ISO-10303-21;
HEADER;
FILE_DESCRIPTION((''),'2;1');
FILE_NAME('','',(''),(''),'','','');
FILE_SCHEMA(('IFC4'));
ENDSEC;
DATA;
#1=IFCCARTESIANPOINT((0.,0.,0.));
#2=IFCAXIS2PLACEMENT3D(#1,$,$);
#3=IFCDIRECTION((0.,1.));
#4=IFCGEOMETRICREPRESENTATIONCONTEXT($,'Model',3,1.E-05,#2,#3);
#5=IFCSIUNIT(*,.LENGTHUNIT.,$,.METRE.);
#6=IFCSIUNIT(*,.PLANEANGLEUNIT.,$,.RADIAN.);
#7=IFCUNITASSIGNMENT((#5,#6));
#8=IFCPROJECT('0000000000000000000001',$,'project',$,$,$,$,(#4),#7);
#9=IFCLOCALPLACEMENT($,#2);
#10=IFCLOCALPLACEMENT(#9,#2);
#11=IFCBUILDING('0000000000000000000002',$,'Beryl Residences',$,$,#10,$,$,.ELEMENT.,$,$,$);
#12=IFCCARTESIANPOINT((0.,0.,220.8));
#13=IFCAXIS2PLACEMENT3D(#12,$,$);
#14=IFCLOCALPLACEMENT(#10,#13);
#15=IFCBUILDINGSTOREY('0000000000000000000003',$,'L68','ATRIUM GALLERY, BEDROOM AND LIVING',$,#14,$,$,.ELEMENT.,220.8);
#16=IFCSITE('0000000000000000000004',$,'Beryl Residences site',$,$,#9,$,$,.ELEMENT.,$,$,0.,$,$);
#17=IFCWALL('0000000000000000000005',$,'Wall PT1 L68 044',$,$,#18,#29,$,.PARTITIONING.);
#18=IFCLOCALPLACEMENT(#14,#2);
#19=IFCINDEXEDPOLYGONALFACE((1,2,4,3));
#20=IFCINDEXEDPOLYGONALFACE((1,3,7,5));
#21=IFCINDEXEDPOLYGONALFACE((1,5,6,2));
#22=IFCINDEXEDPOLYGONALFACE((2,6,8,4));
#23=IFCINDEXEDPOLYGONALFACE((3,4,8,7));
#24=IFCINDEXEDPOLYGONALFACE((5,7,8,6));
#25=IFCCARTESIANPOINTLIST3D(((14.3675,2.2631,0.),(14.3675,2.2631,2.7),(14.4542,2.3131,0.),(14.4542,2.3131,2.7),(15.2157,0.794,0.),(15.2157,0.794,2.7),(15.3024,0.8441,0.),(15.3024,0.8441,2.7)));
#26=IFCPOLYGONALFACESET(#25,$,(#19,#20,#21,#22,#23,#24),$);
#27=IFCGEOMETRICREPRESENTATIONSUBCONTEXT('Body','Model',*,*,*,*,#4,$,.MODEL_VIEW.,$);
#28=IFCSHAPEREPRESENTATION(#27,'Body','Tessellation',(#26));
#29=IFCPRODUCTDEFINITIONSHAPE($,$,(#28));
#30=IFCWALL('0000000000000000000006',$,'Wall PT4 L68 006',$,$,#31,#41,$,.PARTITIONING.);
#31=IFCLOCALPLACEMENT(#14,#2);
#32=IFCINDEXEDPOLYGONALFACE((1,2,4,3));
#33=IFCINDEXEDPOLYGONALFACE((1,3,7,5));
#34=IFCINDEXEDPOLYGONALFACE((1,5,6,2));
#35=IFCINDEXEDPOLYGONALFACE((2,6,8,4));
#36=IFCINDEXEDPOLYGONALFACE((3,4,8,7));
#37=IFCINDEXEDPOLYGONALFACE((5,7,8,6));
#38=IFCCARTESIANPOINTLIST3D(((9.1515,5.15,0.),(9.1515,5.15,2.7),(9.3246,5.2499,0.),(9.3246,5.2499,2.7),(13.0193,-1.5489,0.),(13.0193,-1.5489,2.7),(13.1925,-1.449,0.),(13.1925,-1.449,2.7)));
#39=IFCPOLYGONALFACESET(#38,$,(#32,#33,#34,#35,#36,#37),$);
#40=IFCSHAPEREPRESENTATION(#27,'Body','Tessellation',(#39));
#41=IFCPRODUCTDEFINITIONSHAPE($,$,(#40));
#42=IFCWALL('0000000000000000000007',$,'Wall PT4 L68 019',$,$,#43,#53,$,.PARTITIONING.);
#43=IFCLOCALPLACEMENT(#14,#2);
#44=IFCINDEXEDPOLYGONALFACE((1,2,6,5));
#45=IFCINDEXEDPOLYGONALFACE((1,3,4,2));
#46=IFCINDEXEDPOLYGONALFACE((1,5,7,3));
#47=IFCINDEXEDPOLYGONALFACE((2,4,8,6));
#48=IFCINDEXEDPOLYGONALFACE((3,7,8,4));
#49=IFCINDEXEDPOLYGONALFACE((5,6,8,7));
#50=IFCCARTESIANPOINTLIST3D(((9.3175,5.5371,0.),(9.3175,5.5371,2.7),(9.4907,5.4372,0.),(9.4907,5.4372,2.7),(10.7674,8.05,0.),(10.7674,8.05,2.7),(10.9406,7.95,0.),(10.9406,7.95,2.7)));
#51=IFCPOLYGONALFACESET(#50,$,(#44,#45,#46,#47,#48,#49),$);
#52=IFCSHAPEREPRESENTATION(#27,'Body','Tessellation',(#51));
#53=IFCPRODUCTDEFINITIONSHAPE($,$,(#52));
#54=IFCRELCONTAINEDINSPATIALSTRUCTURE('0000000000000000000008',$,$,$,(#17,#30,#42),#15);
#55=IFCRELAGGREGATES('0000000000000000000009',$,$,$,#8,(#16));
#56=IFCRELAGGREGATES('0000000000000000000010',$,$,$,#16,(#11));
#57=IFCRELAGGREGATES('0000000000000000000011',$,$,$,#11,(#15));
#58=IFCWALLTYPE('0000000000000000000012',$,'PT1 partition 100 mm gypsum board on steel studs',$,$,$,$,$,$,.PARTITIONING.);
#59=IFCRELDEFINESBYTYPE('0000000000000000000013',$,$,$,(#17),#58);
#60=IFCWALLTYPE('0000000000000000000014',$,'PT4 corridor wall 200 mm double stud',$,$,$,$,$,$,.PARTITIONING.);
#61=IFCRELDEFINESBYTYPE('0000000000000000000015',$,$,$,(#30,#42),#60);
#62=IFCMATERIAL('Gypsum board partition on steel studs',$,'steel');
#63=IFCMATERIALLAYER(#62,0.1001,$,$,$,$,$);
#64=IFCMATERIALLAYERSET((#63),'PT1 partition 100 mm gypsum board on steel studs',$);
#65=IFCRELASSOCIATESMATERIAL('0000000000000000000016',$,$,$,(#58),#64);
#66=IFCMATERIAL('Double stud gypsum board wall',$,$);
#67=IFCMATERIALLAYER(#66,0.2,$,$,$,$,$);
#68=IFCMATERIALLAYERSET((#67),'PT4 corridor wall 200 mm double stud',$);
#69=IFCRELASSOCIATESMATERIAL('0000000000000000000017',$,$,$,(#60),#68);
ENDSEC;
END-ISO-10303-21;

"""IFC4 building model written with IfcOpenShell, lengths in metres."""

from ifc_helpers import new_model, si_unit, direction, frame, frame_2d, origin, place, context, subcontext, project, spatial, rectangle, extrude, material, layer, layer_set, type_object, element, save


model = new_model("IFC4")

# Units and contexts
model_context = context("Model", 3, precision=1e-05, world=origin(), true_north=direction((0.0, 1.0)))
body_context = subcontext(model_context, "Body", "Model", "MODEL_VIEW")
ifc_project = project(units=[si_unit("LENGTHUNIT", "METRE"), si_unit("PLANEANGLEUNIT", "RADIAN")], contexts=[model_context])

# Site, building, storey
site_placement = place(None, origin())
site = spatial("IfcSite", under=ifc_project, at=site_placement, Name="Beryl Residences site", CompositionType="ELEMENT", RefElevation=0.0)
building_placement = place(site_placement, origin())
building = spatial("IfcBuilding", under=site, at=building_placement, Name="Beryl Residences", CompositionType="ELEMENT")
storey_placement = place(building_placement, frame((0.0, 0.0, 220.8)))
storey = spatial("IfcBuildingStorey", under=building, at=storey_placement, Name="L68", Description="ATRIUM GALLERY, BEDROOM AND LIVING", CompositionType="ELEMENT", Elevation=220.8)

# Shared definitions
ifc_material_1 = material(Name="Gypsum board partition on steel studs", Category="steel")
ifc_layer_1 = layer(ifc_material_1, 0.1001)
ifc_layer_set_1 = layer_set([ifc_layer_1], Name="PT1 partition 100 mm gypsum board on steel studs")
wall_type_1 = type_object("IfcWallType", Name="PT1 partition 100 mm gypsum board on steel studs", PredefinedType="PARTITIONING", material=ifc_layer_set_1)

# Walls
wall_1_placement = place(storey_placement, frame((14.4109, 2.2881, 0.0), z_axis=(0.0, 0.0, 1.0), x_axis=(0.500009, -0.86602, 0.0)))
element("IfcWall", 1, at=wall_1_placement, inside=storey, type_object=wall_type_1, Name="Wall PT1 L68 044", PredefinedType="PARTITIONING", context=body_context, shape_type="SweptSolid", body=[
    extrude(rectangle(XDim=1.6963, YDim=0.1001, at=frame_2d((0.8481, 0.0))), origin(), (0.0, 0.0, 1.0), 2.7),
])
ifc_material_2 = material(Name="Double stud gypsum board wall")
ifc_layer_2 = layer(ifc_material_2, 0.2)
ifc_layer_set_2 = layer_set([ifc_layer_2], Name="PT4 corridor wall 200 mm double stud")
wall_type_2 = type_object("IfcWallType", Name="PT4 corridor wall 200 mm double stud", PredefinedType="PARTITIONING", material=ifc_layer_set_2)
wall_2_placement = place(storey_placement, frame((9.238, 5.2, 0.0), z_axis=(0.0, 0.0, 1.0), x_axis=(0.500026, -0.866011, 0.0)))
element("IfcWall", 2, at=wall_2_placement, inside=storey, type_object=wall_type_2, Name="Wall PT4 L68 006", PredefinedType="PARTITIONING", context=body_context, shape_type="SweptSolid", body=[
    extrude(rectangle(XDim=7.7354, YDim=0.2, at=frame_2d((3.8677, 0.0))), origin(), (0.0, 0.0, 1.0), 2.7),
])
wall_3_placement = place(storey_placement, frame((9.4041, 5.4871, 0.0), z_axis=(0.0, 0.0, 1.0), x_axis=(0.499769, 0.866159, 0.0)))
element("IfcWall", 3, at=wall_3_placement, inside=storey, type_object=wall_type_2, Name="Wall PT4 L68 019", PredefinedType="PARTITIONING", context=body_context, shape_type="SweptSolid", body=[
    extrude(rectangle(XDim=2.9011, YDim=0.2, at=frame_2d((1.4507, 0.0))), origin(), (0.0, 0.0, 1.0), 2.7),
])

save(model, "model.ifc")
